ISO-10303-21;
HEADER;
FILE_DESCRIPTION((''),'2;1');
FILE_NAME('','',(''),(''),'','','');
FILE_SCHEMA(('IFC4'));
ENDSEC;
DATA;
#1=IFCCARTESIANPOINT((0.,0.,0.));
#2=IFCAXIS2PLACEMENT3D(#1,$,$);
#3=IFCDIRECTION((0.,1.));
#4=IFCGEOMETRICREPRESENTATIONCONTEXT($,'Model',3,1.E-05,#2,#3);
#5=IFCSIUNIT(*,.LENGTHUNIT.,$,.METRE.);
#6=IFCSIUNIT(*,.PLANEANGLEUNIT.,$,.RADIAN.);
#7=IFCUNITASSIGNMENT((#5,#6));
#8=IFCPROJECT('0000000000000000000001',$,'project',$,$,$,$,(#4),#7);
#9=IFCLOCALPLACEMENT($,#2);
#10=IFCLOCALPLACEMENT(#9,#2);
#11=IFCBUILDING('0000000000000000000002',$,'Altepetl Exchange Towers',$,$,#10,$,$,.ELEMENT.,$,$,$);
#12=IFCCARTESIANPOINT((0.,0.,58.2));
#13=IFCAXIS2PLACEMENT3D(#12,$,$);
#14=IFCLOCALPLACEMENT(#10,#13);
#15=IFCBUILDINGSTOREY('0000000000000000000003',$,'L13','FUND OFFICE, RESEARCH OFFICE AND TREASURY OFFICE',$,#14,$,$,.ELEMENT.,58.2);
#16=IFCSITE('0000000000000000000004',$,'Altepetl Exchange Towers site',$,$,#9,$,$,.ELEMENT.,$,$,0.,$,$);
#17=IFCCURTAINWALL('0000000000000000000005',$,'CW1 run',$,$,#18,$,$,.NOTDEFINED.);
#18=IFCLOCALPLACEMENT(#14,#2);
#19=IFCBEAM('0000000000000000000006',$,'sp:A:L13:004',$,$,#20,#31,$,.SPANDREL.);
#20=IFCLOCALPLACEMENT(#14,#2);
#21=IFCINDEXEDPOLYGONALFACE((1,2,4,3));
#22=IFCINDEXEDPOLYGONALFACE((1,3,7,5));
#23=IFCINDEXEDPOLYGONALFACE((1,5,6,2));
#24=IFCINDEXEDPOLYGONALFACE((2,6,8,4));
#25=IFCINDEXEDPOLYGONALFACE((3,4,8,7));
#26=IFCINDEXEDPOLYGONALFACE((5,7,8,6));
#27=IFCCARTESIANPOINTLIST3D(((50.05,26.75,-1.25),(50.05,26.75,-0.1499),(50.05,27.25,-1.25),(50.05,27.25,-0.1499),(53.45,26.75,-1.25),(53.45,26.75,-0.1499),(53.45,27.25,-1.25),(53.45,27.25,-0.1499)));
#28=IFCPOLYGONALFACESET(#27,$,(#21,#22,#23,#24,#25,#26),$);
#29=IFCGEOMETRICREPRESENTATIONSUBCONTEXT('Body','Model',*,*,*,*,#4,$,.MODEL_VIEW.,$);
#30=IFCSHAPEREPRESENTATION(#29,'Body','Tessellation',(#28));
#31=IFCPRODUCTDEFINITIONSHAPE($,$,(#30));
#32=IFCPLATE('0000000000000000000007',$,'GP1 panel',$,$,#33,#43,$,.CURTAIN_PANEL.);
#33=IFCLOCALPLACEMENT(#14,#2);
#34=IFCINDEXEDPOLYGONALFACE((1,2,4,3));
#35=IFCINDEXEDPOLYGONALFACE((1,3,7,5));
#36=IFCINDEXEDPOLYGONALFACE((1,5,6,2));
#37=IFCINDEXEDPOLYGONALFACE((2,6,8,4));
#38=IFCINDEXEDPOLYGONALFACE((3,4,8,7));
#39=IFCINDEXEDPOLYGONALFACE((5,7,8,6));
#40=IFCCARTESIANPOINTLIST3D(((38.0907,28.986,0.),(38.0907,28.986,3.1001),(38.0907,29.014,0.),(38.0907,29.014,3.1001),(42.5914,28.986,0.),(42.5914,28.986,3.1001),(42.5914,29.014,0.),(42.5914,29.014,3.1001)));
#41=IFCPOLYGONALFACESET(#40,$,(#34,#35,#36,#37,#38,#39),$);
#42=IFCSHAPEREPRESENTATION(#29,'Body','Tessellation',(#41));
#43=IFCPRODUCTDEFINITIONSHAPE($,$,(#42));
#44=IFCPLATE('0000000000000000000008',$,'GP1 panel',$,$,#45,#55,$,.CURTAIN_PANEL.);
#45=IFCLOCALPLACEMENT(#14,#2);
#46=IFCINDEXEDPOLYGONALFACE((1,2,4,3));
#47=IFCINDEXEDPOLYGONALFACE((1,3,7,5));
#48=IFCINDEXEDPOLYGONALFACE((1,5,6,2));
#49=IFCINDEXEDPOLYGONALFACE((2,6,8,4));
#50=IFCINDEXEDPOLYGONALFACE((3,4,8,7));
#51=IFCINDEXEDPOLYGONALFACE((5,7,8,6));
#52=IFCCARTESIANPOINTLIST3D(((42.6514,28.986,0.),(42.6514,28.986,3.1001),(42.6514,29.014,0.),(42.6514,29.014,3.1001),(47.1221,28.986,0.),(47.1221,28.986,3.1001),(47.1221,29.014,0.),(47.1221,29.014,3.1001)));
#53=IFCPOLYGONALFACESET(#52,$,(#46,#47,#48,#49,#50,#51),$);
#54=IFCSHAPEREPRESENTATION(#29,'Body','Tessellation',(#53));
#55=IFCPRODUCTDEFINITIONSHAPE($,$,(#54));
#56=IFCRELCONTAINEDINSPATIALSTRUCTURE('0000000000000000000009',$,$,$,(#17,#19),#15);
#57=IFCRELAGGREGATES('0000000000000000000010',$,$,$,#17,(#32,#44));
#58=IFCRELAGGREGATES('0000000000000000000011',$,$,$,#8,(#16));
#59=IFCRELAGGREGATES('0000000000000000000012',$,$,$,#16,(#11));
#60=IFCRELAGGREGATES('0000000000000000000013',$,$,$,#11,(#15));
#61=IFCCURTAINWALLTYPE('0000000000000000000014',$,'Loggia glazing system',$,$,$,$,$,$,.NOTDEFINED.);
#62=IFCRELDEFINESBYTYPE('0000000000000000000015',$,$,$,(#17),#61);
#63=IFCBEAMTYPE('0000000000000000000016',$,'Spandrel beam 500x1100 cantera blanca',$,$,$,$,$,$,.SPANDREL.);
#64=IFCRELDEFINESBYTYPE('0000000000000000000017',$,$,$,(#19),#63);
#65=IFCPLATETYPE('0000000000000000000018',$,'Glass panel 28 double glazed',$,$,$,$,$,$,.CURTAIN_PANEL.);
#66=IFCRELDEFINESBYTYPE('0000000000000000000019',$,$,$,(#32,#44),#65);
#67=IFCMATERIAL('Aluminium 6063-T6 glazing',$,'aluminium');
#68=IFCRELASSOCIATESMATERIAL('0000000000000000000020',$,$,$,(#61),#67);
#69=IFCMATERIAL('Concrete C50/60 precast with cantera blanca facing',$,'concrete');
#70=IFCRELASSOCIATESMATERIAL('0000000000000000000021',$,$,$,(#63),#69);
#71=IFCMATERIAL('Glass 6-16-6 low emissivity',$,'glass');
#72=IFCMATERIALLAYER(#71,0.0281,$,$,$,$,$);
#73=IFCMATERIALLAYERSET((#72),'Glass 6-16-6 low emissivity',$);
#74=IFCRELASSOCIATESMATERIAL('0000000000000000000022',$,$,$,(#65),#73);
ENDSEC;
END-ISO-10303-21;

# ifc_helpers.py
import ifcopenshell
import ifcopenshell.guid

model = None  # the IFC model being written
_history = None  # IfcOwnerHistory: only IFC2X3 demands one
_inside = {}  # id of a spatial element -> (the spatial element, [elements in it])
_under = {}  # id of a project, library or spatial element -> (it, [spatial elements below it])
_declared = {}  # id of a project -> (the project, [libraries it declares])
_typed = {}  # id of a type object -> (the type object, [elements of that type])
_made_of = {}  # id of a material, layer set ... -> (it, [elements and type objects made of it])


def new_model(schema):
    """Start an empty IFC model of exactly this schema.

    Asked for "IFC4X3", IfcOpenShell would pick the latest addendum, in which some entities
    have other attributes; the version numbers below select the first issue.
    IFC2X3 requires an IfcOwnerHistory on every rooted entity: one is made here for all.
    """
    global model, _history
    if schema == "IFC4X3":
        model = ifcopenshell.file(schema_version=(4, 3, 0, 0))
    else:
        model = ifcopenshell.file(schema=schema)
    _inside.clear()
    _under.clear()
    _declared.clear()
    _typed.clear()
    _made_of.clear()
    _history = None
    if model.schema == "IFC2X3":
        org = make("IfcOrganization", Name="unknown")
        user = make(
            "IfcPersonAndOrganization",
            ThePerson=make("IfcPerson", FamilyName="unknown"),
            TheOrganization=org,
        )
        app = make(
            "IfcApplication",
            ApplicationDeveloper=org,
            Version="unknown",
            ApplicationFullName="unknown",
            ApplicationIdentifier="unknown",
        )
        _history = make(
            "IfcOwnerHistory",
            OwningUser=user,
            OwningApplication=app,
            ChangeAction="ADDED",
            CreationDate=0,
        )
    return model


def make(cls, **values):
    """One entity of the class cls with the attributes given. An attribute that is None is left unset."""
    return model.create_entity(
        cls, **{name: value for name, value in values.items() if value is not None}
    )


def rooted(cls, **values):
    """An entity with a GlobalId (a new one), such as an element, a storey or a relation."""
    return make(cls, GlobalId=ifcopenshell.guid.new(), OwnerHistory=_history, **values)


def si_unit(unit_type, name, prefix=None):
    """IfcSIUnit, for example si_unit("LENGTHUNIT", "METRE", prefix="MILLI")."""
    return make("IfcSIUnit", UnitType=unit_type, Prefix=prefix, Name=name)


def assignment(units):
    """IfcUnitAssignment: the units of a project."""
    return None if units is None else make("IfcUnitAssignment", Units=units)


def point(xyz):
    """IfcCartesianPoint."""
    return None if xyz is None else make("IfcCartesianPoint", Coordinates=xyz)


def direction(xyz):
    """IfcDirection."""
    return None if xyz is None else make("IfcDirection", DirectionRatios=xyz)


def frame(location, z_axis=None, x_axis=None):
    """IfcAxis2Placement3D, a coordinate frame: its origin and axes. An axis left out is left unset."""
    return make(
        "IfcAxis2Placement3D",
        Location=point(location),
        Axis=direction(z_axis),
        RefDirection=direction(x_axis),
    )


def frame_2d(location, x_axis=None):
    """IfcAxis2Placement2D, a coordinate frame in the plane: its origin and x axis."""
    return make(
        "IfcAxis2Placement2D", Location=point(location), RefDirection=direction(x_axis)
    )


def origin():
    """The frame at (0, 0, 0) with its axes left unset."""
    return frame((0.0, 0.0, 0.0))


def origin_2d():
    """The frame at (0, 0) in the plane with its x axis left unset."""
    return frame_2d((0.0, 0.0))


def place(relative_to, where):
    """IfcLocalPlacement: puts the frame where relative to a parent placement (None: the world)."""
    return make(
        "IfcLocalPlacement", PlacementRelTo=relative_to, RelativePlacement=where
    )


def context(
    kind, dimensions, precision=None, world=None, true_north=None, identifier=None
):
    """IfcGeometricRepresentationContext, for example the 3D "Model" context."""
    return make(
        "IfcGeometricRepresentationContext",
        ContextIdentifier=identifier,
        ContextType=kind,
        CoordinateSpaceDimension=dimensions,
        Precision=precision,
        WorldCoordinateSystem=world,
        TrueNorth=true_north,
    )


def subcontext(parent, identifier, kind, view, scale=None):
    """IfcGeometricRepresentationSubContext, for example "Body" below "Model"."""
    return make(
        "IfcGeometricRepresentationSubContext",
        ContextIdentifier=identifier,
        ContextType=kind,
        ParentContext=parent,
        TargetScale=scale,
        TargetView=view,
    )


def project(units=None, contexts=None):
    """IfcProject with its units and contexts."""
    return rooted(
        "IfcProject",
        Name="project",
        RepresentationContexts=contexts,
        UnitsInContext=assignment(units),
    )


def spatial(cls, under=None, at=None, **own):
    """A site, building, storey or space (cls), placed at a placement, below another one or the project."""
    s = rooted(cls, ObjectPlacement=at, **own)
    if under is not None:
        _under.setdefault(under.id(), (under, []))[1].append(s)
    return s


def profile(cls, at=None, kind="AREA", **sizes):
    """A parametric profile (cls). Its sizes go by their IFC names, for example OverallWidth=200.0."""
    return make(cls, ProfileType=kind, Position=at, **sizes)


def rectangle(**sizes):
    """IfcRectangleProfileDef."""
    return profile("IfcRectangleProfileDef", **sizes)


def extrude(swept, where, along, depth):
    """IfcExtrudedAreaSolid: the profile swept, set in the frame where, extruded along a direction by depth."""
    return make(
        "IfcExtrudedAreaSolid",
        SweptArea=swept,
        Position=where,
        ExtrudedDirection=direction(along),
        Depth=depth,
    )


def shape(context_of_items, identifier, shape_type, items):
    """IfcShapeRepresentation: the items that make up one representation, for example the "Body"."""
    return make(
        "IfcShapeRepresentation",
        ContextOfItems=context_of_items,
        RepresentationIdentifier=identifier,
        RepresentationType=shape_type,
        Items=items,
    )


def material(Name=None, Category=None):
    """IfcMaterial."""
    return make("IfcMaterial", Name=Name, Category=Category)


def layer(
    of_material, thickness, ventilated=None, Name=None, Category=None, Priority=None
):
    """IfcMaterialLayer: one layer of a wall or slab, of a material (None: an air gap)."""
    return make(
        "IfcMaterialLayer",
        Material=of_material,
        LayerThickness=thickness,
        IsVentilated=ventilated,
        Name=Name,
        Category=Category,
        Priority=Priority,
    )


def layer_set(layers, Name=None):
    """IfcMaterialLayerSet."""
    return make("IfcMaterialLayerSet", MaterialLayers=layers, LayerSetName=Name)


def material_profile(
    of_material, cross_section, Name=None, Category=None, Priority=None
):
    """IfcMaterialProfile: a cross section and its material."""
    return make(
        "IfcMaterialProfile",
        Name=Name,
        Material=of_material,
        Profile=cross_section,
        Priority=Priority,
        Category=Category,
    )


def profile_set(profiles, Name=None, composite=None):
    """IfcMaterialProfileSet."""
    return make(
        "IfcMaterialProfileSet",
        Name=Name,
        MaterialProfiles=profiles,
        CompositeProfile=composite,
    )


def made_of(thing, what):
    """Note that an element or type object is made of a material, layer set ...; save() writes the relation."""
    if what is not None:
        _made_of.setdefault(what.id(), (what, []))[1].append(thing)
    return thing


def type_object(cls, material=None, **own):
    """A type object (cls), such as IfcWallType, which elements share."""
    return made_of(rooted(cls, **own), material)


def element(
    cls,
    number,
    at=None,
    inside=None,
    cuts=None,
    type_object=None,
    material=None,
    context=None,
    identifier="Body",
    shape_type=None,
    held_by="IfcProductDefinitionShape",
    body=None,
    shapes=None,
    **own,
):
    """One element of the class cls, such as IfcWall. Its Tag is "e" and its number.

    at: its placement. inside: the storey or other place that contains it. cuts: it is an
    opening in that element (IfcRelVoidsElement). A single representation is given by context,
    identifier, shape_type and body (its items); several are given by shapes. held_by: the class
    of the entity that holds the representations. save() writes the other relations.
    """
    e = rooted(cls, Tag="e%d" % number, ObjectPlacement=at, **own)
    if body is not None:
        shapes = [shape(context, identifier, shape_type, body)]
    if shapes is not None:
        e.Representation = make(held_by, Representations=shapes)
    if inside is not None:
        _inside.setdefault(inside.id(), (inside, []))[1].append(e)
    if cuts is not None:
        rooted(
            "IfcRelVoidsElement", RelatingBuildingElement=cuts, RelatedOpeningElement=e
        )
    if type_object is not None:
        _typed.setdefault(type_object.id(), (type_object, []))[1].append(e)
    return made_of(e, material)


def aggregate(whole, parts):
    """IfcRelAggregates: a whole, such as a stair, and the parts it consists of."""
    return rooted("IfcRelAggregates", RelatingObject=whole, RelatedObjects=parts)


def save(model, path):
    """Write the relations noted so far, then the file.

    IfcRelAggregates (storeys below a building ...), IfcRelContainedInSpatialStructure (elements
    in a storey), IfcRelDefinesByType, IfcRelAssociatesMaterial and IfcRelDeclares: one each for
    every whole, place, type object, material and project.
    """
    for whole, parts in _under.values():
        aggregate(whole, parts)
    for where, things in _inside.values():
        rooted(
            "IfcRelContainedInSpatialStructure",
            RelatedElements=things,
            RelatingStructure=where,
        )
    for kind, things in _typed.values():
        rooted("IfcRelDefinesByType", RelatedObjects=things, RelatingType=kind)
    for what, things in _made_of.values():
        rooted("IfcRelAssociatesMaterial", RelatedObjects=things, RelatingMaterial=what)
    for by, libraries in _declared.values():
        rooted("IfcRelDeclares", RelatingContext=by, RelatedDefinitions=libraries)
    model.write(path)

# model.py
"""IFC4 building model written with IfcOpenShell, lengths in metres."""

from ifc_helpers import new_model, si_unit, direction, frame, origin, origin_2d, place, context, subcontext, project, spatial, rectangle, extrude, material, layer, layer_set, material_profile, profile_set, type_object, element, aggregate, save


model = new_model("IFC4")

# Units and contexts
model_context = context("Model", 3, precision=1e-05, world=origin(), true_north=direction((0.0, 1.0)))
body_context = subcontext(model_context, "Body", "Model", "MODEL_VIEW")
ifc_project = project(units=[si_unit("LENGTHUNIT", "METRE"), si_unit("PLANEANGLEUNIT", "RADIAN")], contexts=[model_context])

# Site, building, storey
site_placement = place(None, origin())
site = spatial("IfcSite", under=ifc_project, at=site_placement, Name="Altepetl Exchange Towers site", CompositionType="ELEMENT", RefElevation=0.0)
building_placement = place(site_placement, origin())
building = spatial("IfcBuilding", under=site, at=building_placement, Name="Altepetl Exchange Towers", CompositionType="ELEMENT")
storey_placement = place(building_placement, frame((0.0, 0.0, 58.2)))
storey = spatial("IfcBuildingStorey", under=building, at=storey_placement, Name="L13", Description="FUND OFFICE, RESEARCH OFFICE AND TREASURY OFFICE", CompositionType="ELEMENT", Elevation=58.2)

# Curtain wall
ifc_material_1 = material(Name="Aluminium 6063-T6 glazing", Category="aluminium")
curtain_wall_type = type_object("IfcCurtainWallType", Name="Loggia glazing system", PredefinedType="NOTDEFINED", material=ifc_material_1)
curtain_wall_placement = place(storey_placement, origin())
curtain_wall = element("IfcCurtainWall", 1, at=curtain_wall_placement, inside=storey, type_object=curtain_wall_type, Name="CW1 run", PredefinedType="NOTDEFINED")

# Beam
ifc_material_2 = material(Name="Concrete C50/60 precast with cantera blanca facing", Category="concrete")
ifc_material_profile_1 = material_profile(ifc_material_2, rectangle(XDim=0.5, YDim=1.1001, at=origin_2d()), Name="500 x 1100")
ifc_profile_set_1 = profile_set([ifc_material_profile_1], Name="Concrete C50/60 precast with cantera blanca facing")
beam_type_1 = type_object("IfcBeamType", Name="Spandrel beam 500x1100 cantera blanca", PredefinedType="SPANDREL", material=ifc_profile_set_1)
for number, where, z_axis, x_axis, name in (
    (2, (50.05, 27.0, -0.7), (1.0, 0.0, 0.0), (0.0, 1.0, 0.0), "sp:A:L13:004"),
):
    element("IfcBeam", number, at=place(storey_placement, frame(where, z_axis=z_axis, x_axis=x_axis)), inside=storey, type_object=beam_type_1, Name=name, PredefinedType="SPANDREL", context=body_context, shape_type="SweptSolid", body=[
        extrude(rectangle(XDim=0.5, YDim=1.1001, at=origin_2d()), origin(), (0.0, 0.0, 1.0), 3.3999),
    ])

# Plates
ifc_material_3 = material(Name="Glass 6-16-6 low emissivity", Category="glass")
ifc_layer_1 = layer(ifc_material_3, 0.0281)
ifc_layer_set_1 = layer_set([ifc_layer_1], Name="Glass 6-16-6 low emissivity")
plate_type = type_object("IfcPlateType", Name="Glass panel 28 double glazed", PredefinedType="CURTAIN_PANEL", material=ifc_layer_set_1)
plate_1_placement = place(storey_placement, frame((40.3411, 29.0, 0.0)))
plate_1 = element("IfcPlate", 3, at=plate_1_placement, type_object=plate_type, Name="GP1 panel", PredefinedType="CURTAIN_PANEL", context=body_context, shape_type="SweptSolid", body=[
    extrude(rectangle(XDim=4.5007, YDim=0.0281, at=origin_2d()), origin(), (0.0, 0.0, 1.0), 3.1001),
])
plate_2_placement = place(storey_placement, frame((44.8867, 29.0, 0.0)))
plate_2 = element("IfcPlate", 4, at=plate_2_placement, type_object=plate_type, Name="GP1 panel", PredefinedType="CURTAIN_PANEL", context=body_context, shape_type="SweptSolid", body=[
    extrude(rectangle(XDim=4.4707, YDim=0.0281, at=origin_2d()), origin(), (0.0, 0.0, 1.0), 3.1001),
])
aggregate(curtain_wall, [plate_1, plate_2])

save(model, "model.ifc")
